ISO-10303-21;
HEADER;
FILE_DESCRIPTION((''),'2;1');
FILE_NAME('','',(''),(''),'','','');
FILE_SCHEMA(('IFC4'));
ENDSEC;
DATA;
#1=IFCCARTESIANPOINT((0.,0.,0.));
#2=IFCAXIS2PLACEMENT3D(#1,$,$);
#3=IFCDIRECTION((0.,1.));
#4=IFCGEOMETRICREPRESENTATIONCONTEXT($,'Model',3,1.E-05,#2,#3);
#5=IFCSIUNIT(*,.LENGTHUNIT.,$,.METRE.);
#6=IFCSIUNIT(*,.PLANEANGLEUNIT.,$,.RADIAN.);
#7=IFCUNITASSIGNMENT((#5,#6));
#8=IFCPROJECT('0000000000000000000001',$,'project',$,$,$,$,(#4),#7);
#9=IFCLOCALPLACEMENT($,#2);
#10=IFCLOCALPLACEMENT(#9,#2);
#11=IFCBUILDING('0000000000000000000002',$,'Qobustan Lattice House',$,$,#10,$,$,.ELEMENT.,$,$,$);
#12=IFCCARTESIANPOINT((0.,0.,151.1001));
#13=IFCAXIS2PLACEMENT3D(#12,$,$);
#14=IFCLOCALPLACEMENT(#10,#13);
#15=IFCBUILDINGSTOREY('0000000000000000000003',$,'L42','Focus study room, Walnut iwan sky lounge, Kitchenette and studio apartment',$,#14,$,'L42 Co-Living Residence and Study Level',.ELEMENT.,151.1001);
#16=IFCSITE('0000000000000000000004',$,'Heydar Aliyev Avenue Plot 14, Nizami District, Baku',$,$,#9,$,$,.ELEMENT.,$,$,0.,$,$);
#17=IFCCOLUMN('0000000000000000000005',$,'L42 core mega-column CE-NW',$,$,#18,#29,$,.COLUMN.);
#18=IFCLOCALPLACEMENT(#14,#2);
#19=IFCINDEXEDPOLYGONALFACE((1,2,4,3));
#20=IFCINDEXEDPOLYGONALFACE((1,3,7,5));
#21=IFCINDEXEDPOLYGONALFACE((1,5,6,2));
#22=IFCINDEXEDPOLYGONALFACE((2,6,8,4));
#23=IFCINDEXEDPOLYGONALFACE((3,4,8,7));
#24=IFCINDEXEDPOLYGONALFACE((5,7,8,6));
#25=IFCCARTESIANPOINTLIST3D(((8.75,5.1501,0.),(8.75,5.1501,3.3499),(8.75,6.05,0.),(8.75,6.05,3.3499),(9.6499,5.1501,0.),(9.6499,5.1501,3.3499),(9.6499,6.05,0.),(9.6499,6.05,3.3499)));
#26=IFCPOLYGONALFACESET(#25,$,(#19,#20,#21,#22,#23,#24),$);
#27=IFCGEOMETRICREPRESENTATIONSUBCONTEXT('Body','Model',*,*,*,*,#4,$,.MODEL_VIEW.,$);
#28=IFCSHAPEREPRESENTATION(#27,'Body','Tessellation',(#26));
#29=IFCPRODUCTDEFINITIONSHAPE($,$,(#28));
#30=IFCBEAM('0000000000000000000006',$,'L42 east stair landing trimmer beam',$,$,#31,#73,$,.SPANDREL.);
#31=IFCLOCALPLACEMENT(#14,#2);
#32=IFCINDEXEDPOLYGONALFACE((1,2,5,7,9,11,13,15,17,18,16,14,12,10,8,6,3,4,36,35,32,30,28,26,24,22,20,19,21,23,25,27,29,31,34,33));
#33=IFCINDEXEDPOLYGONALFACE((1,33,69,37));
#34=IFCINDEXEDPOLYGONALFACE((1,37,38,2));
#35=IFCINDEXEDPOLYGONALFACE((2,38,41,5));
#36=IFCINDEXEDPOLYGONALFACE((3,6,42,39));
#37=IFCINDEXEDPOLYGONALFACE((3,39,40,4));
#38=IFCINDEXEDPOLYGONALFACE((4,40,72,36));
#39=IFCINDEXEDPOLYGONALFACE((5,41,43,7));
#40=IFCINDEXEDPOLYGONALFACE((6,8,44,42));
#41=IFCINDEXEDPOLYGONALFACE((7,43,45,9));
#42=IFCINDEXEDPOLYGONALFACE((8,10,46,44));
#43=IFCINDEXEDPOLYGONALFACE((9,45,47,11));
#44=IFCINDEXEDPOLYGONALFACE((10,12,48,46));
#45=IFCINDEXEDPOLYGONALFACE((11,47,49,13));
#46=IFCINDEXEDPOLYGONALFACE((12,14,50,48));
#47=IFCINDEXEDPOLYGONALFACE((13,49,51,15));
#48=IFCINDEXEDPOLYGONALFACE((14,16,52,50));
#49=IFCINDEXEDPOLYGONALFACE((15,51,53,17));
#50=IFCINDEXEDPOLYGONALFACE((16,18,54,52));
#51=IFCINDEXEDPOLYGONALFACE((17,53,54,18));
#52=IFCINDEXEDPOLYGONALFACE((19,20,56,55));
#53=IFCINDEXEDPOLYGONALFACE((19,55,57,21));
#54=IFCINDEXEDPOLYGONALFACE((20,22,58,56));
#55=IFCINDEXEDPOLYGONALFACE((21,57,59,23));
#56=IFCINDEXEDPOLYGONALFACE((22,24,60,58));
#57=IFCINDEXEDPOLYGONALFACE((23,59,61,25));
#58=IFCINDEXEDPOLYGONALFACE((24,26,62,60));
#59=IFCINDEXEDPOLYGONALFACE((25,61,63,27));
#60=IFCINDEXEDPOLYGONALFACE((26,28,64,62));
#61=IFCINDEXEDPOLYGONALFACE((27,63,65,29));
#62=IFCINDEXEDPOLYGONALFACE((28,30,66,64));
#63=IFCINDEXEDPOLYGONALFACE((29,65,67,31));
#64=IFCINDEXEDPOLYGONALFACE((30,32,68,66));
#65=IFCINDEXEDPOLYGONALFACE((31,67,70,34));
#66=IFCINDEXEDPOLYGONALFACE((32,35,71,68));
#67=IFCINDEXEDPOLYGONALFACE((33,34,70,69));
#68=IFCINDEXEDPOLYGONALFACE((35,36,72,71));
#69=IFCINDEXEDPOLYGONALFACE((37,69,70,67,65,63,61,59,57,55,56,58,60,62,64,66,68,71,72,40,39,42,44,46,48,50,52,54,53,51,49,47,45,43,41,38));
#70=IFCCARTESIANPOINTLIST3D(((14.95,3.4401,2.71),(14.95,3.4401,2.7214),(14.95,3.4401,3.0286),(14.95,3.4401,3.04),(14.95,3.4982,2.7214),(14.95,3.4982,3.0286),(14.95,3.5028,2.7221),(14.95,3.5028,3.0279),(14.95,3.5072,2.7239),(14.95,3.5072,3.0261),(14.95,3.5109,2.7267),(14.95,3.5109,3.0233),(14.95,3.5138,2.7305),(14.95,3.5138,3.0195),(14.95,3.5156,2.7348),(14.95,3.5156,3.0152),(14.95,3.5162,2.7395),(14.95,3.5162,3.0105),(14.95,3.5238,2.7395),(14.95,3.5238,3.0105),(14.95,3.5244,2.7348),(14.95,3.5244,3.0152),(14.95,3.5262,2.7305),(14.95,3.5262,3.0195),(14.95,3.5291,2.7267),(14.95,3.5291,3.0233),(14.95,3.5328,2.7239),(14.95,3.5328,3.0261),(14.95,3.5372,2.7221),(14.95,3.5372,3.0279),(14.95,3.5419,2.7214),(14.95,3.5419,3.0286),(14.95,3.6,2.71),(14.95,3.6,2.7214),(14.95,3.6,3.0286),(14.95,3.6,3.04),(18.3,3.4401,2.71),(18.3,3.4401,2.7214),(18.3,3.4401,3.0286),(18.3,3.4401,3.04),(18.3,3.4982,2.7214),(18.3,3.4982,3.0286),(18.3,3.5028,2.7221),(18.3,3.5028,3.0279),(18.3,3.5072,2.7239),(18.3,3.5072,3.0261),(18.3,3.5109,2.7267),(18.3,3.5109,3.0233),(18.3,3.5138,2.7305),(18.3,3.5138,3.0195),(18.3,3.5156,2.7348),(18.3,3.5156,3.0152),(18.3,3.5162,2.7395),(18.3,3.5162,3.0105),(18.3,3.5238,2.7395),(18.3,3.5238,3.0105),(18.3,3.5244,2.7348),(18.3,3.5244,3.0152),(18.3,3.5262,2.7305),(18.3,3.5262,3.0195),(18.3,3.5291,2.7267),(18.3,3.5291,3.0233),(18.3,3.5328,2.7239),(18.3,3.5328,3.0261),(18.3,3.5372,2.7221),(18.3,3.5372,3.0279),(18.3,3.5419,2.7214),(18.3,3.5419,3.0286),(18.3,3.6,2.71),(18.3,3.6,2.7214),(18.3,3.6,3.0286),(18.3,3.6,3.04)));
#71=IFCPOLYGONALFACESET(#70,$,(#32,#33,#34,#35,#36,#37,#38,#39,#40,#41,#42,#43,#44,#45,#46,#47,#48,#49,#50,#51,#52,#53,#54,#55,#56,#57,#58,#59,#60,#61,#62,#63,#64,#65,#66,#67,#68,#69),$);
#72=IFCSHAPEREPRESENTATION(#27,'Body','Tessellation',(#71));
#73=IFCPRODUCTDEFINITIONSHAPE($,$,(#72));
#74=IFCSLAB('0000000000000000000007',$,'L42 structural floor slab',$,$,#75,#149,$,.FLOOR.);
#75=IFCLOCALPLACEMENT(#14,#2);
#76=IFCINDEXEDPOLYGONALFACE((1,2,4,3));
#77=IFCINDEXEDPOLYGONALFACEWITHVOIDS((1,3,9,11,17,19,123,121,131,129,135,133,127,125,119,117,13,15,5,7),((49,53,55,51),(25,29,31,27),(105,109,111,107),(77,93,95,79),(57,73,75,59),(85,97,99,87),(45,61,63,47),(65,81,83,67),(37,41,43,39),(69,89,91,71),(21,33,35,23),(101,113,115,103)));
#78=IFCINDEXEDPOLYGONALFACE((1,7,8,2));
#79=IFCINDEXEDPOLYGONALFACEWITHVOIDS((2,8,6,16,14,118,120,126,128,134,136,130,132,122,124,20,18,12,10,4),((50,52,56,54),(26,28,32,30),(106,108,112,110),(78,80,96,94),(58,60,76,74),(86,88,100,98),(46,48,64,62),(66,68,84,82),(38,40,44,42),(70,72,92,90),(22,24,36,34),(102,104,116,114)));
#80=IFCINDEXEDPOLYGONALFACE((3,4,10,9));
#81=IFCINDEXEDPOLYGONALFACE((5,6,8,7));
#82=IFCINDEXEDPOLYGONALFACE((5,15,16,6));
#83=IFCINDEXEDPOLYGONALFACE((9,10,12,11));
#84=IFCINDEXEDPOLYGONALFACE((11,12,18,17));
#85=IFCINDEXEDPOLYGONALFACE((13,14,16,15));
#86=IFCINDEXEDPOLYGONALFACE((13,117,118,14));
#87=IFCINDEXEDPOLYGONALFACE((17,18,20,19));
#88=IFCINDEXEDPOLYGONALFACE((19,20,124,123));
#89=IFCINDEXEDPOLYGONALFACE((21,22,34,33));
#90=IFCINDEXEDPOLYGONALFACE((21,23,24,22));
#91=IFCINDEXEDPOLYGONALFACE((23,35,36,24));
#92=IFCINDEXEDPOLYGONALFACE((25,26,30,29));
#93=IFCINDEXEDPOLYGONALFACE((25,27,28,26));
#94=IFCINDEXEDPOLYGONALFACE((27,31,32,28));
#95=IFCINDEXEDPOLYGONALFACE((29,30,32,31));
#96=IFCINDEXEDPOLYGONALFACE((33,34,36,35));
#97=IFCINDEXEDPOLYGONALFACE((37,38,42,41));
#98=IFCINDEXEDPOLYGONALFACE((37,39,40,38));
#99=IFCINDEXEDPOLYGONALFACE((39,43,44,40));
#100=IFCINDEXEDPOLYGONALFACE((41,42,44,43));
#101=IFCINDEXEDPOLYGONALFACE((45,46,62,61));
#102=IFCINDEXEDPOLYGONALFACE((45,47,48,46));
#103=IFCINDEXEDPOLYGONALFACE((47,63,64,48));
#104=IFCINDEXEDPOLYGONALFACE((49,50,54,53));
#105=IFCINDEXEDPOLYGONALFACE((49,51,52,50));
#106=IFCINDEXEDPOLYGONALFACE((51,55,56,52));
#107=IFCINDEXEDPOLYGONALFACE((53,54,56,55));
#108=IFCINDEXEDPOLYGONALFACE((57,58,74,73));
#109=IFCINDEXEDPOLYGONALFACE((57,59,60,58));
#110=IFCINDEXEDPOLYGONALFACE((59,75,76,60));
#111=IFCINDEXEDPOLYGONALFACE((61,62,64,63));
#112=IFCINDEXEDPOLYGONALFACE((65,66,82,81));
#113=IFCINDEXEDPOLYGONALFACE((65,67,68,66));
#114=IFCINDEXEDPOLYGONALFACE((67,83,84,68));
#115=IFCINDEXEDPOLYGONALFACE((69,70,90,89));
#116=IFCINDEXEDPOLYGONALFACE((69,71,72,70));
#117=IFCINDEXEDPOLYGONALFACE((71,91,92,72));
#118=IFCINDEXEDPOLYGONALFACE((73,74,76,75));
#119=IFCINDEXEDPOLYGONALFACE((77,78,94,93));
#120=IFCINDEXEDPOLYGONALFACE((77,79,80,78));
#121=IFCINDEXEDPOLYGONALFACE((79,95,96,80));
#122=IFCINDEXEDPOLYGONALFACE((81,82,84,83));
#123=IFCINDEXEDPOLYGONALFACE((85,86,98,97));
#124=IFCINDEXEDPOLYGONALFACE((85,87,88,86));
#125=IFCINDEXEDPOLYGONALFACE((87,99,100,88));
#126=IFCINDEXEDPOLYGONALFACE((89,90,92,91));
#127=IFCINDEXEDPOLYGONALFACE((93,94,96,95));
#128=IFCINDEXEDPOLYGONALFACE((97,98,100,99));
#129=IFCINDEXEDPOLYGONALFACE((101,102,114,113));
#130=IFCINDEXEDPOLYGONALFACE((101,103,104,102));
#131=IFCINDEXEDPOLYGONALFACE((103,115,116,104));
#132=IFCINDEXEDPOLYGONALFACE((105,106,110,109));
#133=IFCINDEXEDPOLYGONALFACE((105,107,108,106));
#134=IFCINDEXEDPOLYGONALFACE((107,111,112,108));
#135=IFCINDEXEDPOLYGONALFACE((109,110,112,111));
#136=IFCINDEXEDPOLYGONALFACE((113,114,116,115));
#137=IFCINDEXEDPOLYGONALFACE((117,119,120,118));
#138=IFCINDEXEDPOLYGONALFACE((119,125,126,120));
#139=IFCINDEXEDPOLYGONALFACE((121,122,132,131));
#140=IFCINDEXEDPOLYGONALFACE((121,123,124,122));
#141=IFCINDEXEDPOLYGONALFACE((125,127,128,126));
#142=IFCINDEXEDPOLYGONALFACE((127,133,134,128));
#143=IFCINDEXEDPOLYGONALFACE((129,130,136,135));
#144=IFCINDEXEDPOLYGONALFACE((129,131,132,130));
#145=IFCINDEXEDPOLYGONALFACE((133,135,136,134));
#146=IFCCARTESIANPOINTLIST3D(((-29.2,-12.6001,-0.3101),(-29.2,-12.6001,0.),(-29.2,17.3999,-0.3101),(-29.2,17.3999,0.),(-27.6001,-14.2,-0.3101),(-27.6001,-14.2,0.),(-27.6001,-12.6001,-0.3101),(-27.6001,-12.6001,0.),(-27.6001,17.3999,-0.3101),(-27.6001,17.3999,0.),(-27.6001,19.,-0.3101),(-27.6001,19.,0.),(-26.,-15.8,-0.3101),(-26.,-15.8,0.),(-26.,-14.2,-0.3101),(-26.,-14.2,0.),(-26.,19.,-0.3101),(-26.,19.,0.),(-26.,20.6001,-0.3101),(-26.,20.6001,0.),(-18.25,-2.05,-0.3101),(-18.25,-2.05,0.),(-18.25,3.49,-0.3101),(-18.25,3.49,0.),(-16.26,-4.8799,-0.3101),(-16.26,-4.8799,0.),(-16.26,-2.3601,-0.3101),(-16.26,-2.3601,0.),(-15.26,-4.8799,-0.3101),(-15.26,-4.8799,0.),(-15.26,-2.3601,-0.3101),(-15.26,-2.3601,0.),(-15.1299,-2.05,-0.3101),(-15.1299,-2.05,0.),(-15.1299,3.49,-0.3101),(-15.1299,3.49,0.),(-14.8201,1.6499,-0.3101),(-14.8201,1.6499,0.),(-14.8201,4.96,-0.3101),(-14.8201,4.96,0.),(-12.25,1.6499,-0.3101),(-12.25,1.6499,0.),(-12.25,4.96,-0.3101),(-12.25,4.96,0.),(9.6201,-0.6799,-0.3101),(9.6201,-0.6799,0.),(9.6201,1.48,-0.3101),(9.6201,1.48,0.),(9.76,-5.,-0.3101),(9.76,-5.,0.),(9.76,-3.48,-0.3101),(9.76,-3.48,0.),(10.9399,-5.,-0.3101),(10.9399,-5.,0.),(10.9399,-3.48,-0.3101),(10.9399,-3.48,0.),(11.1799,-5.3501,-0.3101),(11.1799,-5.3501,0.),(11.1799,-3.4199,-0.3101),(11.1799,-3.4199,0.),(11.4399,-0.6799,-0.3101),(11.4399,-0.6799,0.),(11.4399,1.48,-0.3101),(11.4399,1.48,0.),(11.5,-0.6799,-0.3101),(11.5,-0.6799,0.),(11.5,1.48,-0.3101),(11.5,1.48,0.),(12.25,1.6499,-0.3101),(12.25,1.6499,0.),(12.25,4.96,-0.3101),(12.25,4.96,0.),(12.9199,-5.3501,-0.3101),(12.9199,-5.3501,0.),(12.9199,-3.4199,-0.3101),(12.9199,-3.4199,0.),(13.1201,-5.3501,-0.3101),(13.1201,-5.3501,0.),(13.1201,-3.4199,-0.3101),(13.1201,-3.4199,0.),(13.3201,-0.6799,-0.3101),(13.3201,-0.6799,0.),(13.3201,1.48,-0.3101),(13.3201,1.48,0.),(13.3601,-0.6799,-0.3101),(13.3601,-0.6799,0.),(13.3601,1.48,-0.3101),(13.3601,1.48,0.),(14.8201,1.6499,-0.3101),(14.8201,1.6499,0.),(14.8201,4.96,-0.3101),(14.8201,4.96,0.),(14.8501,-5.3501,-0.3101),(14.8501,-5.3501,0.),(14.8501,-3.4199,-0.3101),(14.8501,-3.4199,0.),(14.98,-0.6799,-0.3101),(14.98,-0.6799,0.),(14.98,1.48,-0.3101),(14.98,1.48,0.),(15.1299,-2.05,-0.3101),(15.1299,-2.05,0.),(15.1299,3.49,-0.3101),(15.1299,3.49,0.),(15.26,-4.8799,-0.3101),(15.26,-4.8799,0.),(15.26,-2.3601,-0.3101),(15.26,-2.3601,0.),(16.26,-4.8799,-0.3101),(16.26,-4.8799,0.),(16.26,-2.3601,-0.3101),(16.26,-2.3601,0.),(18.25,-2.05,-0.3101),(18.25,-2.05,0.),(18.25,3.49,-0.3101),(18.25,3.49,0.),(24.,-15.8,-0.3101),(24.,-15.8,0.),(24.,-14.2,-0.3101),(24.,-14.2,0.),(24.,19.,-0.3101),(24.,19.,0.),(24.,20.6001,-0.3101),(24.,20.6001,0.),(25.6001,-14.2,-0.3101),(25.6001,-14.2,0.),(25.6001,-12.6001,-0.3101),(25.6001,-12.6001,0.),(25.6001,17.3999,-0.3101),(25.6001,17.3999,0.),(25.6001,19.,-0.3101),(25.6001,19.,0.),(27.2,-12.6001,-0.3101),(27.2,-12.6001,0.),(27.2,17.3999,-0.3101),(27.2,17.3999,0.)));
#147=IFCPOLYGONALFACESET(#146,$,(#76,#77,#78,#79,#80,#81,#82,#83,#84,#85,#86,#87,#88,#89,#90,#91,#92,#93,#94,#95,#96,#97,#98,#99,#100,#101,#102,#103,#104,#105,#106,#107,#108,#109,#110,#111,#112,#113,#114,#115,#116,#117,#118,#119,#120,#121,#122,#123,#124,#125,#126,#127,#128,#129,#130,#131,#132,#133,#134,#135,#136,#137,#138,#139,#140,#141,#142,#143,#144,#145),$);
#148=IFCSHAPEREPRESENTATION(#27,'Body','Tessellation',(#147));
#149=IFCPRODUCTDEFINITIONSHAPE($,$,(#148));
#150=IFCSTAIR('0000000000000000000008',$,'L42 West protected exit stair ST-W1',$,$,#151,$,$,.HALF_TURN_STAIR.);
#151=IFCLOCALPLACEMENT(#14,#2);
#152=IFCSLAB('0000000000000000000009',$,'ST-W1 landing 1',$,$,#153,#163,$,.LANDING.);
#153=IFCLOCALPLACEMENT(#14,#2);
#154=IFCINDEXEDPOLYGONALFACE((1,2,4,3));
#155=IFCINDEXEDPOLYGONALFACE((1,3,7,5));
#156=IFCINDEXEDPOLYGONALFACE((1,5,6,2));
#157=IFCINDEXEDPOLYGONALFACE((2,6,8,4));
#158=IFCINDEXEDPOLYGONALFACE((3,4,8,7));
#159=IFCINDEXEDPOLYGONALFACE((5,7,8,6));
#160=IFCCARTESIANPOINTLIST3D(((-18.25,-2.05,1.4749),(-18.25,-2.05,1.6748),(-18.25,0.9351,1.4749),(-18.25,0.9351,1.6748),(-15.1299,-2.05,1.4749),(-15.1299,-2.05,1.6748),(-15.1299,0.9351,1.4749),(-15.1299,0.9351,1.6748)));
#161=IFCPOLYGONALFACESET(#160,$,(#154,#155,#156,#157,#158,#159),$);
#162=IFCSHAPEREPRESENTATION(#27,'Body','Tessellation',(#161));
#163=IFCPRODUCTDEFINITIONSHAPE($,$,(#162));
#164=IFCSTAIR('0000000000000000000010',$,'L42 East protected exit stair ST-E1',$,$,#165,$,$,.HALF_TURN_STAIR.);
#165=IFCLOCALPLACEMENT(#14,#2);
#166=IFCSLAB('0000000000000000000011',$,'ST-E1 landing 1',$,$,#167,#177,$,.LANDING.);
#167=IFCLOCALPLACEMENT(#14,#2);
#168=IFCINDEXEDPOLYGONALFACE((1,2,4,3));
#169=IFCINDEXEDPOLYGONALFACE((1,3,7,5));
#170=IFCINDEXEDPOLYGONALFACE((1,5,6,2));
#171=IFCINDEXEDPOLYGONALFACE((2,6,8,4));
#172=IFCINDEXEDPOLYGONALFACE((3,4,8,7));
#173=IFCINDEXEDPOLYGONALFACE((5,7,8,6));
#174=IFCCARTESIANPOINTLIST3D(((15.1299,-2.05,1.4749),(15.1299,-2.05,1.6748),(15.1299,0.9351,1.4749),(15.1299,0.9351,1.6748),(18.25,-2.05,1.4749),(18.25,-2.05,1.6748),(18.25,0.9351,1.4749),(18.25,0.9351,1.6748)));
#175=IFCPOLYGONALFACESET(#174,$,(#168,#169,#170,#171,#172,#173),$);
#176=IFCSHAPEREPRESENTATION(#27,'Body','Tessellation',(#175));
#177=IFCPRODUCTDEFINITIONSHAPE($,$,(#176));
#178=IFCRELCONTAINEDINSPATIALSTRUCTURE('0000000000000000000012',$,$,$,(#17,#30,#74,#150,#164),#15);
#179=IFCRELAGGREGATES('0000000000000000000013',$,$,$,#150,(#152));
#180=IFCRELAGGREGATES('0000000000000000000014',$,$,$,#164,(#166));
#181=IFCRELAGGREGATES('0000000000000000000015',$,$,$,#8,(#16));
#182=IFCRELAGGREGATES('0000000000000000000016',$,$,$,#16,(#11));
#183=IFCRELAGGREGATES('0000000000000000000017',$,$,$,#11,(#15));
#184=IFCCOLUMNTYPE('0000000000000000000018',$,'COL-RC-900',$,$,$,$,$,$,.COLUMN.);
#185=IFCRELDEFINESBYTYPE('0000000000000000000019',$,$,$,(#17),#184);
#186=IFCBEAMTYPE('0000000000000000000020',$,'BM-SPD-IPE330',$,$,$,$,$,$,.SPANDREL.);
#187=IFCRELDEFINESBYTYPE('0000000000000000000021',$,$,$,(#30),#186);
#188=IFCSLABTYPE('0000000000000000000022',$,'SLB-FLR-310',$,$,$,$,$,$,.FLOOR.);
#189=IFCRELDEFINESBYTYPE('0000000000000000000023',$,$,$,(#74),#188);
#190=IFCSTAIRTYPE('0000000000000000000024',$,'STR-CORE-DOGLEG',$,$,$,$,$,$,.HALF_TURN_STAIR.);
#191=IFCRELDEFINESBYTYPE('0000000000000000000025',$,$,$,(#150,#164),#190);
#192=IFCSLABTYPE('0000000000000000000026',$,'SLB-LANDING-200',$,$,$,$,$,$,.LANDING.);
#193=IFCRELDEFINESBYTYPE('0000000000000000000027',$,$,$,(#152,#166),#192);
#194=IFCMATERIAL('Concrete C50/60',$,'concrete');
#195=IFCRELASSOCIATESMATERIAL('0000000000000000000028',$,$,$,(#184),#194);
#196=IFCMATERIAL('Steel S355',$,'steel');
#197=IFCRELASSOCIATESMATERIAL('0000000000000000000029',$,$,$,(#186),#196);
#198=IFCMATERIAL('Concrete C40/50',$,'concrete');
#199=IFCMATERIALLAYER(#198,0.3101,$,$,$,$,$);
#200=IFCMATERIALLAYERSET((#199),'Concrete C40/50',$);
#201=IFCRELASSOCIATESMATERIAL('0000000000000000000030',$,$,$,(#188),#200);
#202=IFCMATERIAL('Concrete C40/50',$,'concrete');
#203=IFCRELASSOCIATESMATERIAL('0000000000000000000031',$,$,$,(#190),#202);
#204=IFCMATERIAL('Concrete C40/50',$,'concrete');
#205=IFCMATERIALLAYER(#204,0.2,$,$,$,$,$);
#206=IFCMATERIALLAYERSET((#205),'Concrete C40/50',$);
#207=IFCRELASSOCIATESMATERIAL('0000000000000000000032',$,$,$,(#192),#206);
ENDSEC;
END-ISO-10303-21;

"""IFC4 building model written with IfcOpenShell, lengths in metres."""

from ifc_helpers import new_model, si_unit, direction, frame, origin, origin_2d, place, context, subcontext, project, spatial, polyline, rectangle, i_section, outline, extrude, material, layer, layer_set, material_profile, profile_set, type_object, element, aggregate, save


model = new_model("IFC4")

# Units and contexts
model_context = context("Model", 3, precision=1e-05, world=origin(), true_north=direction((0.0, 1.0)))
body_context = subcontext(model_context, "Body", "Model", "MODEL_VIEW")
ifc_project = project(units=[si_unit("LENGTHUNIT", "METRE"), si_unit("PLANEANGLEUNIT", "RADIAN")], contexts=[model_context])

# Site, building, storey
site_placement = place(None, origin())
site = spatial("IfcSite", under=ifc_project, at=site_placement, Name="Heydar Aliyev Avenue Plot 14, Nizami District, Baku", CompositionType="ELEMENT", RefElevation=0.0)
building_placement = place(site_placement, origin())
building = spatial("IfcBuilding", under=site, at=building_placement, Name="Qobustan Lattice House", CompositionType="ELEMENT")
storey_placement = place(building_placement, frame((0.0, 0.0, 151.1001)))
storey = spatial("IfcBuildingStorey", under=building, at=storey_placement, Name="L42", Description="Focus study room, Walnut iwan sky lounge, Kitchenette and studio apartment", LongName="L42 Co-Living Residence and Study Level", CompositionType="ELEMENT", Elevation=151.1001)

# Column
ifc_material_1 = material(Name="Concrete C50/60", Category="concrete")
ifc_material_profile_1 = material_profile(ifc_material_1, rectangle(XDim=0.8999, YDim=0.8999, at=origin_2d()), Name="RC900x900")
ifc_profile_set_1 = profile_set([ifc_material_profile_1], Name="Concrete C50/60")
column_type = type_object("IfcColumnType", Name="COL-RC-900", PredefinedType="COLUMN", material=ifc_profile_set_1)
column_placement = place(storey_placement, frame((9.2, 5.6001, 0.0), z_axis=(0.0, 0.0, 1.0), x_axis=(1.0, 0.0, 0.0)))
element("IfcColumn", 1, at=column_placement, inside=storey, type_object=column_type, Name="L42 core mega-column CE-NW", PredefinedType="COLUMN", context=body_context, shape_type="SweptSolid", body=[
    extrude(rectangle(XDim=0.8999, YDim=0.8999, at=origin_2d()), origin(), (0.0, 0.0, 1.0), 3.3499),
])

# Beam
ifc_material_2 = material(Name="Steel S355", Category="steel")
ifc_material_profile_2 = material_profile(ifc_material_2, i_section(OverallWidth=0.1599, OverallDepth=0.3301, WebThickness=0.0076, FlangeThickness=0.0115, FilletRadius=0.0181, at=origin_2d()), Name="IPE330")
ifc_profile_set_2 = profile_set([ifc_material_profile_2], Name="Steel S355")
beam_type = type_object("IfcBeamType", Name="BM-SPD-IPE330", PredefinedType="SPANDREL", material=ifc_profile_set_2)
beam_placement = place(storey_placement, frame((14.95, 3.52, 2.875), z_axis=(1.0, 0.0, 0.0), x_axis=(0.0, 1.0, 0.0)))
element("IfcBeam", 2, at=beam_placement, inside=storey, type_object=beam_type, Name="L42 east stair landing trimmer beam", PredefinedType="SPANDREL", context=body_context, shape_type="SweptSolid", body=[
    extrude(i_section(OverallWidth=0.1599, OverallDepth=0.3301, WebThickness=0.0076, FlangeThickness=0.0115, FilletRadius=0.0181, at=origin_2d()), origin(), (0.0, 0.0, 1.0), 3.3501),
])

# Slab
ifc_material_3 = material(Name="Concrete C40/50", Category="concrete")
ifc_layer_1 = layer(ifc_material_3, 0.3101)
ifc_layer_set_1 = layer_set([ifc_layer_1], Name="Concrete C40/50")
slab_type_1 = type_object("IfcSlabType", Name="SLB-FLR-310", PredefinedType="FLOOR", material=ifc_layer_set_1)
slab_1_placement = place(storey_placement, frame((0.0, 0.0, -0.3101)))
element("IfcSlab", 3, at=slab_1_placement, inside=storey, type_object=slab_type_1, Name="L42 structural floor slab", PredefinedType="FLOOR", context=body_context, shape_type="SweptSolid", body=[
    extrude(outline(polyline([(-26.0, -15.8), (24.0, -15.8), (24.0, -14.2), (25.6001, -14.2), (25.6001, -12.6001), (27.2, -12.6001), (27.2, 17.3999), (25.6001, 17.3999), (25.6001, 19.0), (24.0, 19.0), (24.0, 20.6001), (-26.0, 20.6001), (-26.0, 19.0), (-27.6001, 19.0), (-27.6001, 17.3999), (-29.2, 17.3999), (-29.2, -12.6001), (-27.6001, -12.6001), (-27.6001, -14.2), (-26.0, -14.2), (-26.0, -15.8)]), holes=[polyline([(-18.25, -2.05), (-18.25, 3.49), (-15.1299, 3.49), (-15.1299, -2.05), (-18.25, -2.05)]), polyline([(15.1299, -2.05), (15.1299, 3.49), (18.25, 3.49), (18.25, -2.05), (15.1299, -2.05)]), polyline([(-14.8201, 1.6499), (-14.8201, 4.96), (-12.25, 4.96), (-12.25, 1.6499), (-14.8201, 1.6499)]), polyline([(12.25, 1.6499), (12.25, 4.96), (14.8201, 4.96), (14.8201, 1.6499), (12.25, 1.6499)]), polyline([(-16.26, -4.8799), (-16.26, -2.3601), (-15.26, -2.3601), (-15.26, -4.8799), (-16.26, -4.8799)]), polyline([(15.26, -4.8799), (15.26, -2.3601), (16.26, -2.3601), (16.26, -4.8799), (15.26, -4.8799)]), polyline([(11.1799, -5.3501), (11.1799, -3.4199), (12.9199, -3.4199), (12.9199, -5.3501), (11.1799, -5.3501)]), polyline([(13.1201, -5.3501), (13.1201, -3.4199), (14.8501, -3.4199), (14.8501, -5.3501), (13.1201, -5.3501)]), polyline([(9.76, -5.0), (9.76, -3.48), (10.9399, -3.48), (10.9399, -5.0), (9.76, -5.0)]), polyline([(13.3601, -0.6799), (13.3601, 1.48), (14.98, 1.48), (14.98, -0.6799), (13.3601, -0.6799)]), polyline([(9.6201, -0.6799), (9.6201, 1.48), (11.4399, 1.48), (11.4399, -0.6799), (9.6201, -0.6799)]), polyline([(11.5, -0.6799), (11.5, 1.48), (13.3201, 1.48), (13.3201, -0.6799), (11.5, -0.6799)])]), origin(), (0.0, 0.0, 1.0), 0.3101),
])

# Stairs, slabs
ifc_material_4 = material(Name="Concrete C40/50", Category="concrete")
stair_type = type_object("IfcStairType", Name="STR-CORE-DOGLEG", PredefinedType="HALF_TURN_STAIR", material=ifc_material_4)
stair_1_placement = place(storey_placement, origin())
stair_1 = element("IfcStair", 4, at=stair_1_placement, inside=storey, type_object=stair_type, Name="L42 West protected exit stair ST-W1", PredefinedType="HALF_TURN_STAIR")
ifc_material_5 = material(Name="Concrete C40/50", Category="concrete")
ifc_layer_2 = layer(ifc_material_5, 0.2)
ifc_layer_set_2 = layer_set([ifc_layer_2], Name="Concrete C40/50")
slab_type_2 = type_object("IfcSlabType", Name="SLB-LANDING-200", PredefinedType="LANDING", material=ifc_layer_set_2)
slab_2_placement = place(storey_placement, frame((0.0, 0.0, 1.4749)))
slab_2 = element("IfcSlab", 5, at=slab_2_placement, type_object=slab_type_2, Name="ST-W1 landing 1", PredefinedType="LANDING", context=body_context, shape_type="SweptSolid", body=[
    extrude(outline(polyline([(-18.25, 0.9351), (-18.25, -2.05), (-15.1299, -2.05), (-15.1299, 0.9351), (-18.25, 0.9351)])), origin(), (0.0, 0.0, 1.0), 0.2),
])
aggregate(stair_1, [slab_2])
stair_2_placement = place(storey_placement, origin())
stair_2 = element("IfcStair", 6, at=stair_2_placement, inside=storey, type_object=stair_type, Name="L42 East protected exit stair ST-E1", PredefinedType="HALF_TURN_STAIR")
slab_3_placement = place(storey_placement, frame((0.0, 0.0, 1.4749)))
slab_3 = element("IfcSlab", 7, at=slab_3_placement, type_object=slab_type_2, Name="ST-E1 landing 1", PredefinedType="LANDING", context=body_context, shape_type="SweptSolid", body=[
    extrude(outline(polyline([(15.1299, 0.9351), (15.1299, -2.05), (18.25, -2.05), (18.25, 0.9351), (15.1299, 0.9351)])), origin(), (0.0, 0.0, 1.0), 0.2),
])
aggregate(stair_2, [slab_3])

save(model, "model.ifc")
